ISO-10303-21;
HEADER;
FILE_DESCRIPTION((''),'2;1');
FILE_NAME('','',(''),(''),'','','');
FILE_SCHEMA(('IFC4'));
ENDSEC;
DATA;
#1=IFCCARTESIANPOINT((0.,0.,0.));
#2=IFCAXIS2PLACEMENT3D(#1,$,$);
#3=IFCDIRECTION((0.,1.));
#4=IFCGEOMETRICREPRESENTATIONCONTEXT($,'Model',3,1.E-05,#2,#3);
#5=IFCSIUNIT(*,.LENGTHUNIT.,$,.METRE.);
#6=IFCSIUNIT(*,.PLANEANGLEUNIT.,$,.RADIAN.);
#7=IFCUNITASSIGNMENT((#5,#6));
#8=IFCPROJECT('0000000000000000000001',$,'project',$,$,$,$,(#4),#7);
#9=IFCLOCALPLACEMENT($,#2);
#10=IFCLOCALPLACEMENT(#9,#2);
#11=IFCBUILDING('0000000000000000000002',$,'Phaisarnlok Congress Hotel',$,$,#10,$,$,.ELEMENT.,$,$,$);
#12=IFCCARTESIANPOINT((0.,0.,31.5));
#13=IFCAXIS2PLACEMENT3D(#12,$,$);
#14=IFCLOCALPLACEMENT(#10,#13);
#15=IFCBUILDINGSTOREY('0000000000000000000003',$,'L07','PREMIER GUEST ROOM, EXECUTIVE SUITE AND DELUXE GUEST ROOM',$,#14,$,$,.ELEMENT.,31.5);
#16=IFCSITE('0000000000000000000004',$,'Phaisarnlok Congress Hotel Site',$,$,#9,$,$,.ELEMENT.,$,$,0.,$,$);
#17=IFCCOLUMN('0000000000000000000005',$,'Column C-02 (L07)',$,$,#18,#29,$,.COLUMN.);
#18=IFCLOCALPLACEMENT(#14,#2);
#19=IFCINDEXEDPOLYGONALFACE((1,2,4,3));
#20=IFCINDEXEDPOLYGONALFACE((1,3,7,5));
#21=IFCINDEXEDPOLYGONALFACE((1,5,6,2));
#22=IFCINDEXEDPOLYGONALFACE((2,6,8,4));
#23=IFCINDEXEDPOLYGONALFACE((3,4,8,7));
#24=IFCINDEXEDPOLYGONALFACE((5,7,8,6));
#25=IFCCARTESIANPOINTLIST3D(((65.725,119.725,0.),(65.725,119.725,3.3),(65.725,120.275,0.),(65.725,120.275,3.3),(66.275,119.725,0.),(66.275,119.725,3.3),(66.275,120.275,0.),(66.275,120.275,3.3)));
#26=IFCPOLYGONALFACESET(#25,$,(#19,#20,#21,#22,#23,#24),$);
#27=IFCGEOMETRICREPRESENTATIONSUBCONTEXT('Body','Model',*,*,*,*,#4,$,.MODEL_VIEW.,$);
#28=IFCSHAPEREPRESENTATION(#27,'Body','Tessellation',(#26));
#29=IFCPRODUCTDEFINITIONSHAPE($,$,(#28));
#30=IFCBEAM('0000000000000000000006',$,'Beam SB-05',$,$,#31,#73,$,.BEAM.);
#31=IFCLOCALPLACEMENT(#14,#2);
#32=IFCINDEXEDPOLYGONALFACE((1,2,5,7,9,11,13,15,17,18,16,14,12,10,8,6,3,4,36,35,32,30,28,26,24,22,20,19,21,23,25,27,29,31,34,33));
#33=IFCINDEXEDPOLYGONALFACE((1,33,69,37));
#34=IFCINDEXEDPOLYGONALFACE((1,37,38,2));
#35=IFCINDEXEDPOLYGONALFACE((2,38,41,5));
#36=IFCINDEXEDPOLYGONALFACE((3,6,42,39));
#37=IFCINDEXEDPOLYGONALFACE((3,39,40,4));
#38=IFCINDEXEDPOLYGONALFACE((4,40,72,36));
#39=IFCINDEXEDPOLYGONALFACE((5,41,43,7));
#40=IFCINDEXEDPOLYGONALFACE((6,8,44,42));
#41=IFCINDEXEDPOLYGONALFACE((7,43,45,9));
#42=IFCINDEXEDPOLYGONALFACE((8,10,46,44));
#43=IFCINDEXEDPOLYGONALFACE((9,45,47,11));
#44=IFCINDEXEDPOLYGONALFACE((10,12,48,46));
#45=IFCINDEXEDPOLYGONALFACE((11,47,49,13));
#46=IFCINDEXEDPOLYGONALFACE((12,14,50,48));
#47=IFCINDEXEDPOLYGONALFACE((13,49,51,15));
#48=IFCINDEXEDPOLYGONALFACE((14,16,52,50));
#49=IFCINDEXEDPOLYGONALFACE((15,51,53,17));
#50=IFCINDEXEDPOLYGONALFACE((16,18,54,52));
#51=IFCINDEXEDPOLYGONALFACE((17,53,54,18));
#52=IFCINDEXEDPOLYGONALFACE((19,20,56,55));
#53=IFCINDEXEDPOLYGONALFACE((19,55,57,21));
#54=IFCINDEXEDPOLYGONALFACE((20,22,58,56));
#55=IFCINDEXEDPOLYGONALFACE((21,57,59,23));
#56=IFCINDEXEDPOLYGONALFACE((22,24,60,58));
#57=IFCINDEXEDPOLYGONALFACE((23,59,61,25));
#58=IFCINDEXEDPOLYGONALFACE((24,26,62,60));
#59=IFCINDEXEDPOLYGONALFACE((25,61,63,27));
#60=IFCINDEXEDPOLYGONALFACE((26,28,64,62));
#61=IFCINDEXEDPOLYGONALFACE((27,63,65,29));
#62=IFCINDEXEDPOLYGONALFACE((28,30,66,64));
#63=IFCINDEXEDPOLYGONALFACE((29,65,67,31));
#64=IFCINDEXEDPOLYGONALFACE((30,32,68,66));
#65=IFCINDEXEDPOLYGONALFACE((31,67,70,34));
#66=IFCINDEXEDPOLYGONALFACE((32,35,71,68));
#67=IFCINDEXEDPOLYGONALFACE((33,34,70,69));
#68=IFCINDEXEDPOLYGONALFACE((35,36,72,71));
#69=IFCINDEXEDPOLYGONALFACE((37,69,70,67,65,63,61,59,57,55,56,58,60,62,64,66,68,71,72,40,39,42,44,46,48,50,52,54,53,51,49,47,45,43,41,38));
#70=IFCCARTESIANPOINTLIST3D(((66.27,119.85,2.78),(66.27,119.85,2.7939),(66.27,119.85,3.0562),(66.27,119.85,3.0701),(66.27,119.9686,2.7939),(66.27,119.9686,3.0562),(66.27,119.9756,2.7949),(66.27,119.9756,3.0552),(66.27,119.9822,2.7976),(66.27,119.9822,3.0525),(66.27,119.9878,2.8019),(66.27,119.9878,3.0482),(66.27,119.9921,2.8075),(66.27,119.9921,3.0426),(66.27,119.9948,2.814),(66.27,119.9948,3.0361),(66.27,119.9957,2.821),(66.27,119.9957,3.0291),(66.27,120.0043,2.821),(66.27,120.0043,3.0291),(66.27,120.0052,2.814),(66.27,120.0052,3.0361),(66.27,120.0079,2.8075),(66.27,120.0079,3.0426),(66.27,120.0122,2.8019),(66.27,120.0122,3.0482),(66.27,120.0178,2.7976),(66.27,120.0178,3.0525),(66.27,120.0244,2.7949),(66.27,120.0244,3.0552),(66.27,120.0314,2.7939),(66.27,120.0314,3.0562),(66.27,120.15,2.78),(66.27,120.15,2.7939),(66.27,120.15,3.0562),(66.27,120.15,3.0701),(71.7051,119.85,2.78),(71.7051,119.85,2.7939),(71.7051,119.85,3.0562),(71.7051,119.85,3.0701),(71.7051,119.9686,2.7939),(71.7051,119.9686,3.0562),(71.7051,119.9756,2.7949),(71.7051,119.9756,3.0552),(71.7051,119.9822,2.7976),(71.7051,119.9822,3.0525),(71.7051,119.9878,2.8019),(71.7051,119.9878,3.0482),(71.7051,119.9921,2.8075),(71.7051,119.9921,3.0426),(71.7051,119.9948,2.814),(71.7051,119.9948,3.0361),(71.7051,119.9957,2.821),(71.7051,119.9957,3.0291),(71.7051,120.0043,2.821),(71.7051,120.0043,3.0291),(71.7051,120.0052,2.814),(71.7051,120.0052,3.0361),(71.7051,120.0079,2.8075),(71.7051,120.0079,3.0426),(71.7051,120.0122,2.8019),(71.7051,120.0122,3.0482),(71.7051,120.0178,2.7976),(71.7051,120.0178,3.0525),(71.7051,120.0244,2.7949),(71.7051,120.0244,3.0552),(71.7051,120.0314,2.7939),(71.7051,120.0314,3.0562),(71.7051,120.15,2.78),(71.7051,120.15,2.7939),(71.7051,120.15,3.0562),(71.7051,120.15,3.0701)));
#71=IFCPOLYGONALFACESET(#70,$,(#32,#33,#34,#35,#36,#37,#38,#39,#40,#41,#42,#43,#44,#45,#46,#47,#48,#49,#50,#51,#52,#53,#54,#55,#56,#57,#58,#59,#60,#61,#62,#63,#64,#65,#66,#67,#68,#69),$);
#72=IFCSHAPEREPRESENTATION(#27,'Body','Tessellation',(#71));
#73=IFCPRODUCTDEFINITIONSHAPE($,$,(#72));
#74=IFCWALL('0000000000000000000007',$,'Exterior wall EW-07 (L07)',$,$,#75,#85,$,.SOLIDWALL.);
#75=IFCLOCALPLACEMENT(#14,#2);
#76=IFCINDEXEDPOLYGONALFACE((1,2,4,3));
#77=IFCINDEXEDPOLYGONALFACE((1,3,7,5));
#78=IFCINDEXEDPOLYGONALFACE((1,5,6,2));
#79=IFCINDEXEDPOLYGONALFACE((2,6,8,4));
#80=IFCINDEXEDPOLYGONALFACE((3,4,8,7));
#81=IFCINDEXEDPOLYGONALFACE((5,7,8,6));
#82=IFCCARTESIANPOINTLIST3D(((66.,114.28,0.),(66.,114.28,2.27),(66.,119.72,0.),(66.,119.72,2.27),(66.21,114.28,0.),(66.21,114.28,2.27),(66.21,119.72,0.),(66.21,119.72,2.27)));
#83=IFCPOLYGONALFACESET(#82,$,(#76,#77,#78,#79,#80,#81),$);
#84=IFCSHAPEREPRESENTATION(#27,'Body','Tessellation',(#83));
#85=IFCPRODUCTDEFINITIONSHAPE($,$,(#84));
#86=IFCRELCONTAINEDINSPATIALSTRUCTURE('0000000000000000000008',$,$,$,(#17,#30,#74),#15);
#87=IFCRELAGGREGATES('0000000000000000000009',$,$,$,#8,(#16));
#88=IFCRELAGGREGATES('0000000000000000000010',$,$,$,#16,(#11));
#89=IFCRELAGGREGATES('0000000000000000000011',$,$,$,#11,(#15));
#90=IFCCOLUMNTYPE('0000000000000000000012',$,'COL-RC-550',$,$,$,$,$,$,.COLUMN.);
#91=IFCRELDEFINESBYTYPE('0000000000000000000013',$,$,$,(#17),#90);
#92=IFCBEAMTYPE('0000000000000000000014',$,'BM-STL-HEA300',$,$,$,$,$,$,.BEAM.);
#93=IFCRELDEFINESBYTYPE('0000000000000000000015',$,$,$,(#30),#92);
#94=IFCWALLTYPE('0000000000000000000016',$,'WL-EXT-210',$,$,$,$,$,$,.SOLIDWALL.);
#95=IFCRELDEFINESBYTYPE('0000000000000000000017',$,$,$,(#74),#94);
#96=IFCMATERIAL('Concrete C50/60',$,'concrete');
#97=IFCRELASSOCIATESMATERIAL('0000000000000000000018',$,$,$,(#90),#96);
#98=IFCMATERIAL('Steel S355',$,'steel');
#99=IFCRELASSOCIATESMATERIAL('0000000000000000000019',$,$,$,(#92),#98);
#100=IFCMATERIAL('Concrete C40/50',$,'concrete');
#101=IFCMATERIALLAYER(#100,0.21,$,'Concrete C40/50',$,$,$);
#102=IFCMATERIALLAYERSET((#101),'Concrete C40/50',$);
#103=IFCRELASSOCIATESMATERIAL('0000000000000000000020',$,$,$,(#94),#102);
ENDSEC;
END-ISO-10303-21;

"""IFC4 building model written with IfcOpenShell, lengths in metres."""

from ifc_helpers import new_model, si_unit, direction, frame, frame_2d, origin, origin_2d, place, context, subcontext, project, spatial, rectangle, i_section, extrude, material, layer, layer_set, material_profile, profile_set, type_object, element, save


model = new_model("IFC4")

# Units and contexts
model_context = context("Model", 3, precision=1e-05, world=origin(), true_north=direction((0.0, 1.0)))
body_context = subcontext(model_context, "Body", "Model", "MODEL_VIEW")
ifc_project = project(units=[si_unit("LENGTHUNIT", "METRE"), si_unit("PLANEANGLEUNIT", "RADIAN")], contexts=[model_context])

# Site, building, storey
site_placement = place(None, origin())
site = spatial("IfcSite", under=ifc_project, at=site_placement, Name="Phaisarnlok Congress Hotel Site", CompositionType="ELEMENT", RefElevation=0.0)
building_placement = place(site_placement, origin())
building = spatial("IfcBuilding", under=site, at=building_placement, Name="Phaisarnlok Congress Hotel", CompositionType="ELEMENT")
storey_placement = place(building_placement, frame((0.0, 0.0, 31.5)))
storey = spatial("IfcBuildingStorey", under=building, at=storey_placement, Name="L07", Description="PREMIER GUEST ROOM, EXECUTIVE SUITE AND DELUXE GUEST ROOM", CompositionType="ELEMENT", Elevation=31.5)

# Column
ifc_material_1 = material(Name="Concrete C50/60", Category="concrete")
ifc_material_profile_1 = material_profile(ifc_material_1, rectangle(XDim=0.55, YDim=0.55, at=origin_2d()), Name="RC 550x550")
ifc_profile_set_1 = profile_set([ifc_material_profile_1], Name="Concrete C50/60")
column_type = type_object("IfcColumnType", Name="COL-RC-550", PredefinedType="COLUMN", material=ifc_profile_set_1)
column_placement = place(storey_placement, frame((66.0, 120.0, 0.0), z_axis=(0.0, 0.0, 1.0), x_axis=(1.0, 0.0, 0.0)))
element("IfcColumn", 1, at=column_placement, inside=storey, type_object=column_type, Name="Column C-02 (L07)", PredefinedType="COLUMN", context=body_context, shape_type="SweptSolid", body=[
    extrude(rectangle(XDim=0.55, YDim=0.55, at=origin_2d()), origin(), (0.0, 0.0, 1.0), 3.3),
])

# Beam
ifc_material_2 = material(Name="Steel S355", Category="steel")
ifc_material_profile_2 = material_profile(ifc_material_2, i_section(OverallWidth=0.3, OverallDepth=0.29, WebThickness=0.0085, FlangeThickness=0.0139, FilletRadius=0.0271, at=origin_2d()), Name="HEA 300")
ifc_profile_set_2 = profile_set([ifc_material_profile_2], Name="Steel S355")
beam_type = type_object("IfcBeamType", Name="BM-STL-HEA300", PredefinedType="BEAM", material=ifc_profile_set_2)
beam_placement = place(storey_placement, frame((66.27, 120.0, 2.925), z_axis=(1.0, 0.0, 0.0), x_axis=(0.0, 1.0, 0.0)))
element("IfcBeam", 2, at=beam_placement, inside=storey, type_object=beam_type, Name="Beam SB-05", PredefinedType="BEAM", context=body_context, shape_type="SweptSolid", body=[
    extrude(i_section(OverallWidth=0.3, OverallDepth=0.29, WebThickness=0.0085, FlangeThickness=0.0139, FilletRadius=0.0271, at=origin_2d()), origin(), (0.0, 0.0, 1.0), 5.4351),
])

# Wall
ifc_material_3 = material(Name="Concrete C40/50", Category="concrete")
ifc_layer = layer(ifc_material_3, 0.21, Name="Concrete C40/50")
ifc_layer_set = layer_set([ifc_layer], Name="Concrete C40/50")
wall_type = type_object("IfcWallType", Name="WL-EXT-210", PredefinedType="SOLIDWALL", material=ifc_layer_set)
wall_placement = place(storey_placement, frame((66.105, 119.72, 0.0), z_axis=(0.0, 0.0, 1.0), x_axis=(0.0, -1.0, 0.0)))
element("IfcWall", 3, at=wall_placement, inside=storey, type_object=wall_type, Name="Exterior wall EW-07 (L07)", PredefinedType="SOLIDWALL", context=body_context, shape_type="SweptSolid", body=[
    extrude(rectangle(XDim=5.4399, YDim=0.21, at=frame_2d((2.72, 0.0))), origin(), (0.0, 0.0, 1.0), 2.27),
])

save(model, "model.ifc")
